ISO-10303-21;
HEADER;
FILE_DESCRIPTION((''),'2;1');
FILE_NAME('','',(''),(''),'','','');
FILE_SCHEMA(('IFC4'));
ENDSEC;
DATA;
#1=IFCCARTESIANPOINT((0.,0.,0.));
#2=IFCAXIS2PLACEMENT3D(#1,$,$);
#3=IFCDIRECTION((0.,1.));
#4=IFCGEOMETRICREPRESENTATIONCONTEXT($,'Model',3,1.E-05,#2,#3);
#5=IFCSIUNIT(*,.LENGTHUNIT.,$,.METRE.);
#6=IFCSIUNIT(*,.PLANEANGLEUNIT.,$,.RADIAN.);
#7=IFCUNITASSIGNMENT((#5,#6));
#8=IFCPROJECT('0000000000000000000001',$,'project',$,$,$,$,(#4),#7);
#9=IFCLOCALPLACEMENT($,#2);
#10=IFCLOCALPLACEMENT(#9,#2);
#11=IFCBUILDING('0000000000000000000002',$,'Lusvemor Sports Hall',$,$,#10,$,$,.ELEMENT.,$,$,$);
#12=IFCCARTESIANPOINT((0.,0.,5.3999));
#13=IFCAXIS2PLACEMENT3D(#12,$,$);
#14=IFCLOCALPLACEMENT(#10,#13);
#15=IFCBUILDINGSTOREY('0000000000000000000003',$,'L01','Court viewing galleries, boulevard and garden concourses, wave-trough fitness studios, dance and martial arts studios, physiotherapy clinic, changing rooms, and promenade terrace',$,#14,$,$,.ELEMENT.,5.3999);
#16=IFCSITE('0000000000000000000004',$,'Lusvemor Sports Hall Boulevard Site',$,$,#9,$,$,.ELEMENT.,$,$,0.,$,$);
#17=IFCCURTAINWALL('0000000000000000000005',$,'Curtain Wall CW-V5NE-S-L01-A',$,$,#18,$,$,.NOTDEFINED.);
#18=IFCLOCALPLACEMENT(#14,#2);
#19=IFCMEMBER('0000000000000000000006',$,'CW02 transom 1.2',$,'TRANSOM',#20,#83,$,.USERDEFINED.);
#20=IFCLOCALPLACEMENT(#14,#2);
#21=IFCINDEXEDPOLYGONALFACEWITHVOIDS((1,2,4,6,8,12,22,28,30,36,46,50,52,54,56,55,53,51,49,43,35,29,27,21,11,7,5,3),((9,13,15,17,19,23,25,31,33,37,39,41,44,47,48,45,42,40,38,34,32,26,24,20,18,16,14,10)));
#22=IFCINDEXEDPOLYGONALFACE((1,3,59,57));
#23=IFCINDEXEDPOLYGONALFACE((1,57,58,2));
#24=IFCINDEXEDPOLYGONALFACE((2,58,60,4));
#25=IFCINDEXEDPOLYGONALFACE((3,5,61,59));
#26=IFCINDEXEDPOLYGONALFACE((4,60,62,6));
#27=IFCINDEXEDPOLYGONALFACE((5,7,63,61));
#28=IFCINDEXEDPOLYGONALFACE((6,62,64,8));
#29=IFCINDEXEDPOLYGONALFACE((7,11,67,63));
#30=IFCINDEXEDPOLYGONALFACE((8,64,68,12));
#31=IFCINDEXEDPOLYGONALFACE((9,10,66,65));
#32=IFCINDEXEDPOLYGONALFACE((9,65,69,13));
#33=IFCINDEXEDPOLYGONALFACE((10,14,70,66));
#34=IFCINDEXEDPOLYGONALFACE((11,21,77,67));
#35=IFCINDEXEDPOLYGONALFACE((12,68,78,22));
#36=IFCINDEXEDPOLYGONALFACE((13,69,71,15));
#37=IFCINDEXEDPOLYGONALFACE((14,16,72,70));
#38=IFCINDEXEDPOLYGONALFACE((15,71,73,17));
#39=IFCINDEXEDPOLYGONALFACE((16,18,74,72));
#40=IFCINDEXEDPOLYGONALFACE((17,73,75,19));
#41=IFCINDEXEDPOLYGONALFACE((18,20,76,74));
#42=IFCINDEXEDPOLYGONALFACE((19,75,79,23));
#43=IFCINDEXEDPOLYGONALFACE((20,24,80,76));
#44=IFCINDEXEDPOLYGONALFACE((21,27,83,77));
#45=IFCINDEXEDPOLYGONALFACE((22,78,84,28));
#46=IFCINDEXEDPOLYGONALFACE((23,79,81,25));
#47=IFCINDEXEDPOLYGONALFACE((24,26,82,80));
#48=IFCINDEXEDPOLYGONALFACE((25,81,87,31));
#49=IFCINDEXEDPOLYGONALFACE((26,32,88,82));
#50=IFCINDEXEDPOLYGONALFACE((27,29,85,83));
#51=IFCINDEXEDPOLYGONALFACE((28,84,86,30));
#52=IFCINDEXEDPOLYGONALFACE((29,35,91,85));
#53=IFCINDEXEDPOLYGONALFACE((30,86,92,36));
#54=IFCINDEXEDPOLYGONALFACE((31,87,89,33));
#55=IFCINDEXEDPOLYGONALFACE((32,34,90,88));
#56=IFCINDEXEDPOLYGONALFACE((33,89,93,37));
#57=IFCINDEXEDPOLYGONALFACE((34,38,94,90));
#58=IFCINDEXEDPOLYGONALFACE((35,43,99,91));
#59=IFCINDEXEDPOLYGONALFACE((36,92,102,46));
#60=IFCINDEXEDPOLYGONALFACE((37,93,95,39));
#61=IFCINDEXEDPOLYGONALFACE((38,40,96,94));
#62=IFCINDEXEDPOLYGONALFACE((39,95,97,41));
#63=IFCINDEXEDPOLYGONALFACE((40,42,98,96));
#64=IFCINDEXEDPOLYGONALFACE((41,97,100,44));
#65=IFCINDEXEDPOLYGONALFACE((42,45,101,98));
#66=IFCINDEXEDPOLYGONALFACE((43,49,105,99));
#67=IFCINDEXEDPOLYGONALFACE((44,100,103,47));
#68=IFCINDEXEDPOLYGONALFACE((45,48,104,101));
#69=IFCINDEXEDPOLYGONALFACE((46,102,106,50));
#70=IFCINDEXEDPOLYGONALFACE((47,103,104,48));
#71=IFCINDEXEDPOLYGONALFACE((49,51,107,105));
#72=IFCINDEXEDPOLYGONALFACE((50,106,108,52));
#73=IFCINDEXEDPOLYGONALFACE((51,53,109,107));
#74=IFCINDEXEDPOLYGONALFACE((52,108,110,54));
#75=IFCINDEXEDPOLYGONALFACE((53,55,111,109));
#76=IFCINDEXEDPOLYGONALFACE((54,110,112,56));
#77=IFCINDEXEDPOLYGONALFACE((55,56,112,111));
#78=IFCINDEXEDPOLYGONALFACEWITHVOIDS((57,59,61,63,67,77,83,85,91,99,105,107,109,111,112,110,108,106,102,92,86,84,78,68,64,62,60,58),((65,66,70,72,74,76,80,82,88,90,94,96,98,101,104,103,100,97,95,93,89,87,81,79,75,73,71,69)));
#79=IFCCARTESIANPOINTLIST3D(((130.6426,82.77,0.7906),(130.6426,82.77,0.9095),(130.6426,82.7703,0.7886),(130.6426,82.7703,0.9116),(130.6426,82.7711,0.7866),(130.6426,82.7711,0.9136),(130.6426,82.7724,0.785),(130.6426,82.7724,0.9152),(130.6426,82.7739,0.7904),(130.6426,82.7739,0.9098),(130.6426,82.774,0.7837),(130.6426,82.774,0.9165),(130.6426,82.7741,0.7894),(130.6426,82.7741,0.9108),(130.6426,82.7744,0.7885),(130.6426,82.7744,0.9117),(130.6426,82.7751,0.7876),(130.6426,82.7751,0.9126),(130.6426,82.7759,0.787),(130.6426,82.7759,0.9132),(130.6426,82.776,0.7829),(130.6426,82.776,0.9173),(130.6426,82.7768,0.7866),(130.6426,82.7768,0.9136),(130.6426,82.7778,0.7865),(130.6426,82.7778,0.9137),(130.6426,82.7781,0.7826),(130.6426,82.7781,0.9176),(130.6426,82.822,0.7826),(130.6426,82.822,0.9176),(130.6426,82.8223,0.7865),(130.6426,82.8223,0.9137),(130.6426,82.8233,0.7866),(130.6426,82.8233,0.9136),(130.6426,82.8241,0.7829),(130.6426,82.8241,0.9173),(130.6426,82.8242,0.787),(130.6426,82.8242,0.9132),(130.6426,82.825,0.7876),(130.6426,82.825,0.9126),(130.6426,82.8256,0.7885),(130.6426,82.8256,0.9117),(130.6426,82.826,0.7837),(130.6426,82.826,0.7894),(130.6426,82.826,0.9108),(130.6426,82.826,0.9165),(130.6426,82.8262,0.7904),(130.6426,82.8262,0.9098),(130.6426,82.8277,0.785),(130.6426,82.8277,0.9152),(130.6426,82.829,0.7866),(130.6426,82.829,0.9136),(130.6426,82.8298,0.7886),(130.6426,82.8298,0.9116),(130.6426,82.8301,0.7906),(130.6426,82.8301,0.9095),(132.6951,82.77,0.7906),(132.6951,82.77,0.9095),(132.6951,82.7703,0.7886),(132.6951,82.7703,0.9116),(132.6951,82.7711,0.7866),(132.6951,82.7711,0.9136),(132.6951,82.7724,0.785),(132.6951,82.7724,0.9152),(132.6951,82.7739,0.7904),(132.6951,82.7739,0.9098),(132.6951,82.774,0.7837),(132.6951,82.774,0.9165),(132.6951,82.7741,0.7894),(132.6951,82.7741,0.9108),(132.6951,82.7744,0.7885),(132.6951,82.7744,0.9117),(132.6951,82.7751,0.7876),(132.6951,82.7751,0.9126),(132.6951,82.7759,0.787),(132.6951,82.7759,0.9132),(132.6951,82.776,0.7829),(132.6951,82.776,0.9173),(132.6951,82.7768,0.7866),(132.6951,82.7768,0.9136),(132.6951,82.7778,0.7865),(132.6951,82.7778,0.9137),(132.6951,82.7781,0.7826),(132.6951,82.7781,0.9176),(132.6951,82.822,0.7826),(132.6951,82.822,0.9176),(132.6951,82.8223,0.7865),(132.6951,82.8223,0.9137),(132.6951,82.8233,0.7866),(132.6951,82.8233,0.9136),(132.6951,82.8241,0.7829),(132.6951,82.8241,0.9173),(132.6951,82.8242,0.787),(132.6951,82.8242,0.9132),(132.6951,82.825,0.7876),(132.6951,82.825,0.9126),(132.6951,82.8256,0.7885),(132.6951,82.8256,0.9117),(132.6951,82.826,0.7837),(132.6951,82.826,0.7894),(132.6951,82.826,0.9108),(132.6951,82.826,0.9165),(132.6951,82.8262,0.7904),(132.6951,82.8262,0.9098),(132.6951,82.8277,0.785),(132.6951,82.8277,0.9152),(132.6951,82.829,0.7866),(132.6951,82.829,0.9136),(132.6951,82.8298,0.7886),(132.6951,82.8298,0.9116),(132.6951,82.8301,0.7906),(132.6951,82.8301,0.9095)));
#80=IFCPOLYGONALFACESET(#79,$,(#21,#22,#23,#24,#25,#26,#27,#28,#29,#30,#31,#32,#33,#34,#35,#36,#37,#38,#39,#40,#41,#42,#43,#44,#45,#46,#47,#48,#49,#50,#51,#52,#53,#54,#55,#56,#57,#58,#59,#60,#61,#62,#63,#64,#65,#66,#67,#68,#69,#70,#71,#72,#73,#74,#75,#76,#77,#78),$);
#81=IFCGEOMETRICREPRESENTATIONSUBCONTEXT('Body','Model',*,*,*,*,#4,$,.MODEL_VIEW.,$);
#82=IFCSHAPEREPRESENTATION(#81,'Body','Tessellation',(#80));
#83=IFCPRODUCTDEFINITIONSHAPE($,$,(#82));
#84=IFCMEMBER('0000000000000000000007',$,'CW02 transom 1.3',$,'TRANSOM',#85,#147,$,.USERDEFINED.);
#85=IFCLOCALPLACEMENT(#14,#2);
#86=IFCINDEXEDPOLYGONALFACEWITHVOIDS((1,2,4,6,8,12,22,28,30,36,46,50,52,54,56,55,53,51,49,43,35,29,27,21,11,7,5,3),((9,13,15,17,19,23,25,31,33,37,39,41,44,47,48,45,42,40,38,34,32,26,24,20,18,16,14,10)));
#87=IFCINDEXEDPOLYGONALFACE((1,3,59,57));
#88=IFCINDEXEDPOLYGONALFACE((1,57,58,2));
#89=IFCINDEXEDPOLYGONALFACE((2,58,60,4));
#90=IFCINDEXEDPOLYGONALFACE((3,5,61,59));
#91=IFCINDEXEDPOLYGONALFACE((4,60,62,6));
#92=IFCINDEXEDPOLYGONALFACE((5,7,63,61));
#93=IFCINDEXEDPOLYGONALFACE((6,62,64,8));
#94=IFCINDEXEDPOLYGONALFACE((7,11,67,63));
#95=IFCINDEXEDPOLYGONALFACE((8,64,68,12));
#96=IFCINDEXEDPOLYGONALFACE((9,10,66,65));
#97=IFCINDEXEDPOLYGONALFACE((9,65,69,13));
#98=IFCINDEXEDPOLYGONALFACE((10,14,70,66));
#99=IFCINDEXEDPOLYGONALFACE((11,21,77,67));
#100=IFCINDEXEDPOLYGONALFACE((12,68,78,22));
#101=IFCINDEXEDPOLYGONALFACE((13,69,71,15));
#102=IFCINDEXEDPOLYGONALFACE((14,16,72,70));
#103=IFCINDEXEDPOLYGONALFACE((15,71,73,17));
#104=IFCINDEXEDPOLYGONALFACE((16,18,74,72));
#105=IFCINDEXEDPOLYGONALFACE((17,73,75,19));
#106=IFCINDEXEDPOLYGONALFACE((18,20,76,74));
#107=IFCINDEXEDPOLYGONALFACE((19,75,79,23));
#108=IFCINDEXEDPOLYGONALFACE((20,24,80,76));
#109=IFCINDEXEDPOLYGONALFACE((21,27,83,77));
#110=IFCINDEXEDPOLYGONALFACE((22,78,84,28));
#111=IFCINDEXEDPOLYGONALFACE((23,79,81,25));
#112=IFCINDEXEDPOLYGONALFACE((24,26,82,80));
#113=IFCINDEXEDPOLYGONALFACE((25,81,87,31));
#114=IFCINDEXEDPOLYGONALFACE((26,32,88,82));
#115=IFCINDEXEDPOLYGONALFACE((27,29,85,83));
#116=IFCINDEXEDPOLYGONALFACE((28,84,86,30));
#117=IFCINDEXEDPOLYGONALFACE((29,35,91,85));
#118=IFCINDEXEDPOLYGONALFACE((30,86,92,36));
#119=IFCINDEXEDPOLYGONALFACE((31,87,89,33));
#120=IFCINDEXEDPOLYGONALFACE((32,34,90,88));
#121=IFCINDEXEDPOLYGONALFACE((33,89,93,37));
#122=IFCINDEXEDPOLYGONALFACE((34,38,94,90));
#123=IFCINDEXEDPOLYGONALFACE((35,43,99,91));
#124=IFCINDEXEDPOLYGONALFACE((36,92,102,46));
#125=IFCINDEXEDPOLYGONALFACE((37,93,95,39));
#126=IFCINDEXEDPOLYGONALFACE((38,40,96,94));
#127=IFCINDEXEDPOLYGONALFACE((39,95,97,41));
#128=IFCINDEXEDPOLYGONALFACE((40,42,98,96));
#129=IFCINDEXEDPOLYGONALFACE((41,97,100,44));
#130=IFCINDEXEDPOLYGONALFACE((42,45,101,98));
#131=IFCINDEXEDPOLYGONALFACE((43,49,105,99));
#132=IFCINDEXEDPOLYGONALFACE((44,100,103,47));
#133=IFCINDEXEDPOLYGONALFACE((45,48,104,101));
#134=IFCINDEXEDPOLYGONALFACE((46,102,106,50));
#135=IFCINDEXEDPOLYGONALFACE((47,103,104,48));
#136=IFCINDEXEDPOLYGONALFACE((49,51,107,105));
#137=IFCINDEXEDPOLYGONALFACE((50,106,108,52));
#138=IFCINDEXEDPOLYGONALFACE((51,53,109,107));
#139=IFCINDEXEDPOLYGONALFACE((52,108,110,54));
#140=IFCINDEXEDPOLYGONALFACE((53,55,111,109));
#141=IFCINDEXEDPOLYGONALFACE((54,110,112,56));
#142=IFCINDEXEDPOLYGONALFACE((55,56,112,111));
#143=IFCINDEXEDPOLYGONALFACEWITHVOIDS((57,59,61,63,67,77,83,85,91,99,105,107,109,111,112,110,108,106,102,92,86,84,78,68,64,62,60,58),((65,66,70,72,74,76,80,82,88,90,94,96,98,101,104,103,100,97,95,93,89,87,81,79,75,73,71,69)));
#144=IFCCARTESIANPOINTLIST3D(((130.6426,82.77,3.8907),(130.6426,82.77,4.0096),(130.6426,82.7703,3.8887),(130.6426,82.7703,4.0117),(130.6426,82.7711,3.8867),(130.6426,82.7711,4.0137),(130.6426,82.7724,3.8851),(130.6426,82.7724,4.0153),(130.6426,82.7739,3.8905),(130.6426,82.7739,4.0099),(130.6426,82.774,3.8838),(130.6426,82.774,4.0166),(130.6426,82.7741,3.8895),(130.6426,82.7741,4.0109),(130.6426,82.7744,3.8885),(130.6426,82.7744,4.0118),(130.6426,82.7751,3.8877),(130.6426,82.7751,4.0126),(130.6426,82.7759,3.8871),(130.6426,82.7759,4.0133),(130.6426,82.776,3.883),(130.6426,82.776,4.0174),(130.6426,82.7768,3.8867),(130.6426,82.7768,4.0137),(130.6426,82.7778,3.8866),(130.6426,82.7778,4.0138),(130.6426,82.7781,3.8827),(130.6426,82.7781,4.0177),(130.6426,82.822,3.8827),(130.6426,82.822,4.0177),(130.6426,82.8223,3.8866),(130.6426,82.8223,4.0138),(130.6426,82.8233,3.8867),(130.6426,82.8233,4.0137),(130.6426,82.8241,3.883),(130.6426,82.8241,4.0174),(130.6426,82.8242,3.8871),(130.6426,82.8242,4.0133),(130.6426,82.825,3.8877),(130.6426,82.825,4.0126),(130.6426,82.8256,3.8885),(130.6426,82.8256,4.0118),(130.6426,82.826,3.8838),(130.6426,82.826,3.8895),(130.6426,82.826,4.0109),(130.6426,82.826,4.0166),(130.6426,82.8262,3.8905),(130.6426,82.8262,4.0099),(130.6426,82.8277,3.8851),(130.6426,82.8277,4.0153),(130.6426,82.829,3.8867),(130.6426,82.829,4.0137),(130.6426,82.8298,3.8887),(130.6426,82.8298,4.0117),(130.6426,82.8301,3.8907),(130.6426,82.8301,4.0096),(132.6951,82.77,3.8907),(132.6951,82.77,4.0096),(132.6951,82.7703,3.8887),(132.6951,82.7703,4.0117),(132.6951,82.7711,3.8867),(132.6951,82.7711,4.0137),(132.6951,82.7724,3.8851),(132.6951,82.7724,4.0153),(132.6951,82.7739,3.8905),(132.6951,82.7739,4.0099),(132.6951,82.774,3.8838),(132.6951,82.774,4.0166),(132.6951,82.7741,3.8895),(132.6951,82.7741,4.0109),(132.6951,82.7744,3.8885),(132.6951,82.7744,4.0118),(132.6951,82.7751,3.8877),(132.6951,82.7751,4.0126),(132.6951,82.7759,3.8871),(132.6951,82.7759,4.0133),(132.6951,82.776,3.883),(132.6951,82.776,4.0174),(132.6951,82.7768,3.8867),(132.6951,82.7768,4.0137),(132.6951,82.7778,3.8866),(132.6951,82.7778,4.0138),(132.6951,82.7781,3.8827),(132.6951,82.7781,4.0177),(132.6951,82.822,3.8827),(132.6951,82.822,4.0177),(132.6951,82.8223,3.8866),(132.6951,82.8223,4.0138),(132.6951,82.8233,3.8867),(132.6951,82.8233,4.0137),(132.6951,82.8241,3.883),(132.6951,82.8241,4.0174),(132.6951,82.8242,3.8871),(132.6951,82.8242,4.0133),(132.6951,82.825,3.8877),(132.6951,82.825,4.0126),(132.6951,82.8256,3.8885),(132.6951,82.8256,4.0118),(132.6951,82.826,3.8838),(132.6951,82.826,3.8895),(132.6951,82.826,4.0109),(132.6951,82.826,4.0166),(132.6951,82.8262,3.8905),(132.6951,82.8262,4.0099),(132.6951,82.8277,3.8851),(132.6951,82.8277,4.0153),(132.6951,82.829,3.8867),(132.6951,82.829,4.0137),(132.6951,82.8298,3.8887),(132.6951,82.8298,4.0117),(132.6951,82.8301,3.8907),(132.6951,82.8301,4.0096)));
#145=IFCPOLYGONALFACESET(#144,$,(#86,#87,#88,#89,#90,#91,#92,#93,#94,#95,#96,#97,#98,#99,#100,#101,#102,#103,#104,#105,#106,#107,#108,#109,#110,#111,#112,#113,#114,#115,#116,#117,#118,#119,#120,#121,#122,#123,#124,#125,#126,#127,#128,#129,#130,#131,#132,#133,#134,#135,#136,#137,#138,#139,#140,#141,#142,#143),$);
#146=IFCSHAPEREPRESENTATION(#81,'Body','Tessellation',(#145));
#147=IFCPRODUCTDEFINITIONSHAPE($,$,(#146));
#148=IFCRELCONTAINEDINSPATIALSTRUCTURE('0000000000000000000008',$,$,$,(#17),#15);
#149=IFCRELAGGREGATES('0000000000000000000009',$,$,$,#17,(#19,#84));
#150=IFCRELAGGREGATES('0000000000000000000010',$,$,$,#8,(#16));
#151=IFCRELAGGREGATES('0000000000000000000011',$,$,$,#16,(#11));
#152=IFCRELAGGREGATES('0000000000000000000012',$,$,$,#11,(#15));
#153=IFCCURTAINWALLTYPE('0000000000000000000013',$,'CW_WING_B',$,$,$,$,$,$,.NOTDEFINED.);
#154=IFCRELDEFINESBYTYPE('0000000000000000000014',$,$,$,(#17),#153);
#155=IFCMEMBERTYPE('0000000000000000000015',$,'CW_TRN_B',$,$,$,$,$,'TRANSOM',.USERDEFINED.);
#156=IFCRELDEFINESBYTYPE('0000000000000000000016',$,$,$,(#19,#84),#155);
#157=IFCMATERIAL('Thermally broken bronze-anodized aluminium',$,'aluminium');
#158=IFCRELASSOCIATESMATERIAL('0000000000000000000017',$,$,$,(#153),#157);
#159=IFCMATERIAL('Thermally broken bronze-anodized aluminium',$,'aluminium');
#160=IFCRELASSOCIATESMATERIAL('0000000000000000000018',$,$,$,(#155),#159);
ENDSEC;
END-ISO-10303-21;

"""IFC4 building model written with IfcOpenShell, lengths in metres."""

from ifc_helpers import new_model, si_unit, direction, frame, origin, origin_2d, place, context, subcontext, project, spatial, hollow_rectangle, extrude, material, material_profile, profile_set, type_object, element, aggregate, save


model = new_model("IFC4")

# Units and contexts
model_context = context("Model", 3, precision=1e-05, world=origin(), true_north=direction((0.0, 1.0)))
body_context = subcontext(model_context, "Body", "Model", "MODEL_VIEW")
ifc_project = project(units=[si_unit("LENGTHUNIT", "METRE"), si_unit("PLANEANGLEUNIT", "RADIAN")], contexts=[model_context])

# Site, building, storey
site_placement = place(None, origin())
site = spatial("IfcSite", under=ifc_project, at=site_placement, Name="Lusvemor Sports Hall Boulevard Site", CompositionType="ELEMENT", RefElevation=0.0)
building_placement = place(site_placement, origin())
building = spatial("IfcBuilding", under=site, at=building_placement, Name="Lusvemor Sports Hall", CompositionType="ELEMENT")
storey_placement = place(building_placement, frame((0.0, 0.0, 5.3999)))
storey = spatial("IfcBuildingStorey", under=building, at=storey_placement, Name="L01", Description="Court viewing galleries, boulevard and garden concourses, wave-trough fitness studios, dance and martial arts studios, physiotherapy clinic, changing rooms, and promenade terrace", CompositionType="ELEMENT", Elevation=5.3999)

# Shared definitions
ifc_material_1 = material(Name="Thermally broken bronze-anodized aluminium", Category="aluminium")
curtain_wall_type = type_object("IfcCurtainWallType", Name="CW_WING_B", PredefinedType="NOTDEFINED", material=ifc_material_1)

# Curtain wall
curtain_wall_1_placement = place(storey_placement, origin())
curtain_wall_1 = element("IfcCurtainWall", 1, at=curtain_wall_1_placement, inside=storey, type_object=curtain_wall_type, Name="Curtain Wall CW-V5NE-S-L01-A", PredefinedType="NOTDEFINED")

# Members
ifc_material_2 = material(Name="Thermally broken bronze-anodized aluminium", Category="aluminium")
ifc_material_profile_1 = material_profile(ifc_material_2, hollow_rectangle(XDim=0.0601, YDim=0.135, WallThickness=0.0039, InnerFilletRadius=0.0039, OuterFilletRadius=0.0081, at=origin_2d()), Name="CWTRN135x60x4")
ifc_profile_set_1 = profile_set([ifc_material_profile_1], Name="Thermally broken bronze-anodized aluminium")
member_type_1 = type_object("IfcMemberType", Name="CW_TRN_B", ElementType="TRANSOM", PredefinedType="USERDEFINED", material=ifc_profile_set_1)
member_1_placement = place(storey_placement, frame((132.6951, 82.8, 0.8501), z_axis=(-1.0, 0.0, 0.0), x_axis=(0.0, -1.0, 0.0)))
member_1 = element("IfcMember", 2, at=member_1_placement, type_object=member_type_1, Name="CW02 transom 1.2", ObjectType="TRANSOM", PredefinedType="USERDEFINED", context=body_context, shape_type="SweptSolid", body=[
    extrude(hollow_rectangle(XDim=0.0601, YDim=0.135, WallThickness=0.0039, InnerFilletRadius=0.0039, OuterFilletRadius=0.0081, at=origin_2d()), origin(), (0.0, 0.0, 1.0), 2.0525),
])
member_2_placement = place(storey_placement, frame((132.6951, 82.8, 3.9502), z_axis=(-1.0, 0.0, 0.0), x_axis=(0.0, -1.0, 0.0)))
member_2 = element("IfcMember", 3, at=member_2_placement, type_object=member_type_1, Name="CW02 transom 1.3", ObjectType="TRANSOM", PredefinedType="USERDEFINED", context=body_context, shape_type="SweptSolid", body=[
    extrude(hollow_rectangle(XDim=0.0601, YDim=0.135, WallThickness=0.0039, InnerFilletRadius=0.0039, OuterFilletRadius=0.0081, at=origin_2d()), origin(), (0.0, 0.0, 1.0), 2.0525),
])

aggregate(curtain_wall_1, [member_1, member_2])

save(model, "model.ifc")
